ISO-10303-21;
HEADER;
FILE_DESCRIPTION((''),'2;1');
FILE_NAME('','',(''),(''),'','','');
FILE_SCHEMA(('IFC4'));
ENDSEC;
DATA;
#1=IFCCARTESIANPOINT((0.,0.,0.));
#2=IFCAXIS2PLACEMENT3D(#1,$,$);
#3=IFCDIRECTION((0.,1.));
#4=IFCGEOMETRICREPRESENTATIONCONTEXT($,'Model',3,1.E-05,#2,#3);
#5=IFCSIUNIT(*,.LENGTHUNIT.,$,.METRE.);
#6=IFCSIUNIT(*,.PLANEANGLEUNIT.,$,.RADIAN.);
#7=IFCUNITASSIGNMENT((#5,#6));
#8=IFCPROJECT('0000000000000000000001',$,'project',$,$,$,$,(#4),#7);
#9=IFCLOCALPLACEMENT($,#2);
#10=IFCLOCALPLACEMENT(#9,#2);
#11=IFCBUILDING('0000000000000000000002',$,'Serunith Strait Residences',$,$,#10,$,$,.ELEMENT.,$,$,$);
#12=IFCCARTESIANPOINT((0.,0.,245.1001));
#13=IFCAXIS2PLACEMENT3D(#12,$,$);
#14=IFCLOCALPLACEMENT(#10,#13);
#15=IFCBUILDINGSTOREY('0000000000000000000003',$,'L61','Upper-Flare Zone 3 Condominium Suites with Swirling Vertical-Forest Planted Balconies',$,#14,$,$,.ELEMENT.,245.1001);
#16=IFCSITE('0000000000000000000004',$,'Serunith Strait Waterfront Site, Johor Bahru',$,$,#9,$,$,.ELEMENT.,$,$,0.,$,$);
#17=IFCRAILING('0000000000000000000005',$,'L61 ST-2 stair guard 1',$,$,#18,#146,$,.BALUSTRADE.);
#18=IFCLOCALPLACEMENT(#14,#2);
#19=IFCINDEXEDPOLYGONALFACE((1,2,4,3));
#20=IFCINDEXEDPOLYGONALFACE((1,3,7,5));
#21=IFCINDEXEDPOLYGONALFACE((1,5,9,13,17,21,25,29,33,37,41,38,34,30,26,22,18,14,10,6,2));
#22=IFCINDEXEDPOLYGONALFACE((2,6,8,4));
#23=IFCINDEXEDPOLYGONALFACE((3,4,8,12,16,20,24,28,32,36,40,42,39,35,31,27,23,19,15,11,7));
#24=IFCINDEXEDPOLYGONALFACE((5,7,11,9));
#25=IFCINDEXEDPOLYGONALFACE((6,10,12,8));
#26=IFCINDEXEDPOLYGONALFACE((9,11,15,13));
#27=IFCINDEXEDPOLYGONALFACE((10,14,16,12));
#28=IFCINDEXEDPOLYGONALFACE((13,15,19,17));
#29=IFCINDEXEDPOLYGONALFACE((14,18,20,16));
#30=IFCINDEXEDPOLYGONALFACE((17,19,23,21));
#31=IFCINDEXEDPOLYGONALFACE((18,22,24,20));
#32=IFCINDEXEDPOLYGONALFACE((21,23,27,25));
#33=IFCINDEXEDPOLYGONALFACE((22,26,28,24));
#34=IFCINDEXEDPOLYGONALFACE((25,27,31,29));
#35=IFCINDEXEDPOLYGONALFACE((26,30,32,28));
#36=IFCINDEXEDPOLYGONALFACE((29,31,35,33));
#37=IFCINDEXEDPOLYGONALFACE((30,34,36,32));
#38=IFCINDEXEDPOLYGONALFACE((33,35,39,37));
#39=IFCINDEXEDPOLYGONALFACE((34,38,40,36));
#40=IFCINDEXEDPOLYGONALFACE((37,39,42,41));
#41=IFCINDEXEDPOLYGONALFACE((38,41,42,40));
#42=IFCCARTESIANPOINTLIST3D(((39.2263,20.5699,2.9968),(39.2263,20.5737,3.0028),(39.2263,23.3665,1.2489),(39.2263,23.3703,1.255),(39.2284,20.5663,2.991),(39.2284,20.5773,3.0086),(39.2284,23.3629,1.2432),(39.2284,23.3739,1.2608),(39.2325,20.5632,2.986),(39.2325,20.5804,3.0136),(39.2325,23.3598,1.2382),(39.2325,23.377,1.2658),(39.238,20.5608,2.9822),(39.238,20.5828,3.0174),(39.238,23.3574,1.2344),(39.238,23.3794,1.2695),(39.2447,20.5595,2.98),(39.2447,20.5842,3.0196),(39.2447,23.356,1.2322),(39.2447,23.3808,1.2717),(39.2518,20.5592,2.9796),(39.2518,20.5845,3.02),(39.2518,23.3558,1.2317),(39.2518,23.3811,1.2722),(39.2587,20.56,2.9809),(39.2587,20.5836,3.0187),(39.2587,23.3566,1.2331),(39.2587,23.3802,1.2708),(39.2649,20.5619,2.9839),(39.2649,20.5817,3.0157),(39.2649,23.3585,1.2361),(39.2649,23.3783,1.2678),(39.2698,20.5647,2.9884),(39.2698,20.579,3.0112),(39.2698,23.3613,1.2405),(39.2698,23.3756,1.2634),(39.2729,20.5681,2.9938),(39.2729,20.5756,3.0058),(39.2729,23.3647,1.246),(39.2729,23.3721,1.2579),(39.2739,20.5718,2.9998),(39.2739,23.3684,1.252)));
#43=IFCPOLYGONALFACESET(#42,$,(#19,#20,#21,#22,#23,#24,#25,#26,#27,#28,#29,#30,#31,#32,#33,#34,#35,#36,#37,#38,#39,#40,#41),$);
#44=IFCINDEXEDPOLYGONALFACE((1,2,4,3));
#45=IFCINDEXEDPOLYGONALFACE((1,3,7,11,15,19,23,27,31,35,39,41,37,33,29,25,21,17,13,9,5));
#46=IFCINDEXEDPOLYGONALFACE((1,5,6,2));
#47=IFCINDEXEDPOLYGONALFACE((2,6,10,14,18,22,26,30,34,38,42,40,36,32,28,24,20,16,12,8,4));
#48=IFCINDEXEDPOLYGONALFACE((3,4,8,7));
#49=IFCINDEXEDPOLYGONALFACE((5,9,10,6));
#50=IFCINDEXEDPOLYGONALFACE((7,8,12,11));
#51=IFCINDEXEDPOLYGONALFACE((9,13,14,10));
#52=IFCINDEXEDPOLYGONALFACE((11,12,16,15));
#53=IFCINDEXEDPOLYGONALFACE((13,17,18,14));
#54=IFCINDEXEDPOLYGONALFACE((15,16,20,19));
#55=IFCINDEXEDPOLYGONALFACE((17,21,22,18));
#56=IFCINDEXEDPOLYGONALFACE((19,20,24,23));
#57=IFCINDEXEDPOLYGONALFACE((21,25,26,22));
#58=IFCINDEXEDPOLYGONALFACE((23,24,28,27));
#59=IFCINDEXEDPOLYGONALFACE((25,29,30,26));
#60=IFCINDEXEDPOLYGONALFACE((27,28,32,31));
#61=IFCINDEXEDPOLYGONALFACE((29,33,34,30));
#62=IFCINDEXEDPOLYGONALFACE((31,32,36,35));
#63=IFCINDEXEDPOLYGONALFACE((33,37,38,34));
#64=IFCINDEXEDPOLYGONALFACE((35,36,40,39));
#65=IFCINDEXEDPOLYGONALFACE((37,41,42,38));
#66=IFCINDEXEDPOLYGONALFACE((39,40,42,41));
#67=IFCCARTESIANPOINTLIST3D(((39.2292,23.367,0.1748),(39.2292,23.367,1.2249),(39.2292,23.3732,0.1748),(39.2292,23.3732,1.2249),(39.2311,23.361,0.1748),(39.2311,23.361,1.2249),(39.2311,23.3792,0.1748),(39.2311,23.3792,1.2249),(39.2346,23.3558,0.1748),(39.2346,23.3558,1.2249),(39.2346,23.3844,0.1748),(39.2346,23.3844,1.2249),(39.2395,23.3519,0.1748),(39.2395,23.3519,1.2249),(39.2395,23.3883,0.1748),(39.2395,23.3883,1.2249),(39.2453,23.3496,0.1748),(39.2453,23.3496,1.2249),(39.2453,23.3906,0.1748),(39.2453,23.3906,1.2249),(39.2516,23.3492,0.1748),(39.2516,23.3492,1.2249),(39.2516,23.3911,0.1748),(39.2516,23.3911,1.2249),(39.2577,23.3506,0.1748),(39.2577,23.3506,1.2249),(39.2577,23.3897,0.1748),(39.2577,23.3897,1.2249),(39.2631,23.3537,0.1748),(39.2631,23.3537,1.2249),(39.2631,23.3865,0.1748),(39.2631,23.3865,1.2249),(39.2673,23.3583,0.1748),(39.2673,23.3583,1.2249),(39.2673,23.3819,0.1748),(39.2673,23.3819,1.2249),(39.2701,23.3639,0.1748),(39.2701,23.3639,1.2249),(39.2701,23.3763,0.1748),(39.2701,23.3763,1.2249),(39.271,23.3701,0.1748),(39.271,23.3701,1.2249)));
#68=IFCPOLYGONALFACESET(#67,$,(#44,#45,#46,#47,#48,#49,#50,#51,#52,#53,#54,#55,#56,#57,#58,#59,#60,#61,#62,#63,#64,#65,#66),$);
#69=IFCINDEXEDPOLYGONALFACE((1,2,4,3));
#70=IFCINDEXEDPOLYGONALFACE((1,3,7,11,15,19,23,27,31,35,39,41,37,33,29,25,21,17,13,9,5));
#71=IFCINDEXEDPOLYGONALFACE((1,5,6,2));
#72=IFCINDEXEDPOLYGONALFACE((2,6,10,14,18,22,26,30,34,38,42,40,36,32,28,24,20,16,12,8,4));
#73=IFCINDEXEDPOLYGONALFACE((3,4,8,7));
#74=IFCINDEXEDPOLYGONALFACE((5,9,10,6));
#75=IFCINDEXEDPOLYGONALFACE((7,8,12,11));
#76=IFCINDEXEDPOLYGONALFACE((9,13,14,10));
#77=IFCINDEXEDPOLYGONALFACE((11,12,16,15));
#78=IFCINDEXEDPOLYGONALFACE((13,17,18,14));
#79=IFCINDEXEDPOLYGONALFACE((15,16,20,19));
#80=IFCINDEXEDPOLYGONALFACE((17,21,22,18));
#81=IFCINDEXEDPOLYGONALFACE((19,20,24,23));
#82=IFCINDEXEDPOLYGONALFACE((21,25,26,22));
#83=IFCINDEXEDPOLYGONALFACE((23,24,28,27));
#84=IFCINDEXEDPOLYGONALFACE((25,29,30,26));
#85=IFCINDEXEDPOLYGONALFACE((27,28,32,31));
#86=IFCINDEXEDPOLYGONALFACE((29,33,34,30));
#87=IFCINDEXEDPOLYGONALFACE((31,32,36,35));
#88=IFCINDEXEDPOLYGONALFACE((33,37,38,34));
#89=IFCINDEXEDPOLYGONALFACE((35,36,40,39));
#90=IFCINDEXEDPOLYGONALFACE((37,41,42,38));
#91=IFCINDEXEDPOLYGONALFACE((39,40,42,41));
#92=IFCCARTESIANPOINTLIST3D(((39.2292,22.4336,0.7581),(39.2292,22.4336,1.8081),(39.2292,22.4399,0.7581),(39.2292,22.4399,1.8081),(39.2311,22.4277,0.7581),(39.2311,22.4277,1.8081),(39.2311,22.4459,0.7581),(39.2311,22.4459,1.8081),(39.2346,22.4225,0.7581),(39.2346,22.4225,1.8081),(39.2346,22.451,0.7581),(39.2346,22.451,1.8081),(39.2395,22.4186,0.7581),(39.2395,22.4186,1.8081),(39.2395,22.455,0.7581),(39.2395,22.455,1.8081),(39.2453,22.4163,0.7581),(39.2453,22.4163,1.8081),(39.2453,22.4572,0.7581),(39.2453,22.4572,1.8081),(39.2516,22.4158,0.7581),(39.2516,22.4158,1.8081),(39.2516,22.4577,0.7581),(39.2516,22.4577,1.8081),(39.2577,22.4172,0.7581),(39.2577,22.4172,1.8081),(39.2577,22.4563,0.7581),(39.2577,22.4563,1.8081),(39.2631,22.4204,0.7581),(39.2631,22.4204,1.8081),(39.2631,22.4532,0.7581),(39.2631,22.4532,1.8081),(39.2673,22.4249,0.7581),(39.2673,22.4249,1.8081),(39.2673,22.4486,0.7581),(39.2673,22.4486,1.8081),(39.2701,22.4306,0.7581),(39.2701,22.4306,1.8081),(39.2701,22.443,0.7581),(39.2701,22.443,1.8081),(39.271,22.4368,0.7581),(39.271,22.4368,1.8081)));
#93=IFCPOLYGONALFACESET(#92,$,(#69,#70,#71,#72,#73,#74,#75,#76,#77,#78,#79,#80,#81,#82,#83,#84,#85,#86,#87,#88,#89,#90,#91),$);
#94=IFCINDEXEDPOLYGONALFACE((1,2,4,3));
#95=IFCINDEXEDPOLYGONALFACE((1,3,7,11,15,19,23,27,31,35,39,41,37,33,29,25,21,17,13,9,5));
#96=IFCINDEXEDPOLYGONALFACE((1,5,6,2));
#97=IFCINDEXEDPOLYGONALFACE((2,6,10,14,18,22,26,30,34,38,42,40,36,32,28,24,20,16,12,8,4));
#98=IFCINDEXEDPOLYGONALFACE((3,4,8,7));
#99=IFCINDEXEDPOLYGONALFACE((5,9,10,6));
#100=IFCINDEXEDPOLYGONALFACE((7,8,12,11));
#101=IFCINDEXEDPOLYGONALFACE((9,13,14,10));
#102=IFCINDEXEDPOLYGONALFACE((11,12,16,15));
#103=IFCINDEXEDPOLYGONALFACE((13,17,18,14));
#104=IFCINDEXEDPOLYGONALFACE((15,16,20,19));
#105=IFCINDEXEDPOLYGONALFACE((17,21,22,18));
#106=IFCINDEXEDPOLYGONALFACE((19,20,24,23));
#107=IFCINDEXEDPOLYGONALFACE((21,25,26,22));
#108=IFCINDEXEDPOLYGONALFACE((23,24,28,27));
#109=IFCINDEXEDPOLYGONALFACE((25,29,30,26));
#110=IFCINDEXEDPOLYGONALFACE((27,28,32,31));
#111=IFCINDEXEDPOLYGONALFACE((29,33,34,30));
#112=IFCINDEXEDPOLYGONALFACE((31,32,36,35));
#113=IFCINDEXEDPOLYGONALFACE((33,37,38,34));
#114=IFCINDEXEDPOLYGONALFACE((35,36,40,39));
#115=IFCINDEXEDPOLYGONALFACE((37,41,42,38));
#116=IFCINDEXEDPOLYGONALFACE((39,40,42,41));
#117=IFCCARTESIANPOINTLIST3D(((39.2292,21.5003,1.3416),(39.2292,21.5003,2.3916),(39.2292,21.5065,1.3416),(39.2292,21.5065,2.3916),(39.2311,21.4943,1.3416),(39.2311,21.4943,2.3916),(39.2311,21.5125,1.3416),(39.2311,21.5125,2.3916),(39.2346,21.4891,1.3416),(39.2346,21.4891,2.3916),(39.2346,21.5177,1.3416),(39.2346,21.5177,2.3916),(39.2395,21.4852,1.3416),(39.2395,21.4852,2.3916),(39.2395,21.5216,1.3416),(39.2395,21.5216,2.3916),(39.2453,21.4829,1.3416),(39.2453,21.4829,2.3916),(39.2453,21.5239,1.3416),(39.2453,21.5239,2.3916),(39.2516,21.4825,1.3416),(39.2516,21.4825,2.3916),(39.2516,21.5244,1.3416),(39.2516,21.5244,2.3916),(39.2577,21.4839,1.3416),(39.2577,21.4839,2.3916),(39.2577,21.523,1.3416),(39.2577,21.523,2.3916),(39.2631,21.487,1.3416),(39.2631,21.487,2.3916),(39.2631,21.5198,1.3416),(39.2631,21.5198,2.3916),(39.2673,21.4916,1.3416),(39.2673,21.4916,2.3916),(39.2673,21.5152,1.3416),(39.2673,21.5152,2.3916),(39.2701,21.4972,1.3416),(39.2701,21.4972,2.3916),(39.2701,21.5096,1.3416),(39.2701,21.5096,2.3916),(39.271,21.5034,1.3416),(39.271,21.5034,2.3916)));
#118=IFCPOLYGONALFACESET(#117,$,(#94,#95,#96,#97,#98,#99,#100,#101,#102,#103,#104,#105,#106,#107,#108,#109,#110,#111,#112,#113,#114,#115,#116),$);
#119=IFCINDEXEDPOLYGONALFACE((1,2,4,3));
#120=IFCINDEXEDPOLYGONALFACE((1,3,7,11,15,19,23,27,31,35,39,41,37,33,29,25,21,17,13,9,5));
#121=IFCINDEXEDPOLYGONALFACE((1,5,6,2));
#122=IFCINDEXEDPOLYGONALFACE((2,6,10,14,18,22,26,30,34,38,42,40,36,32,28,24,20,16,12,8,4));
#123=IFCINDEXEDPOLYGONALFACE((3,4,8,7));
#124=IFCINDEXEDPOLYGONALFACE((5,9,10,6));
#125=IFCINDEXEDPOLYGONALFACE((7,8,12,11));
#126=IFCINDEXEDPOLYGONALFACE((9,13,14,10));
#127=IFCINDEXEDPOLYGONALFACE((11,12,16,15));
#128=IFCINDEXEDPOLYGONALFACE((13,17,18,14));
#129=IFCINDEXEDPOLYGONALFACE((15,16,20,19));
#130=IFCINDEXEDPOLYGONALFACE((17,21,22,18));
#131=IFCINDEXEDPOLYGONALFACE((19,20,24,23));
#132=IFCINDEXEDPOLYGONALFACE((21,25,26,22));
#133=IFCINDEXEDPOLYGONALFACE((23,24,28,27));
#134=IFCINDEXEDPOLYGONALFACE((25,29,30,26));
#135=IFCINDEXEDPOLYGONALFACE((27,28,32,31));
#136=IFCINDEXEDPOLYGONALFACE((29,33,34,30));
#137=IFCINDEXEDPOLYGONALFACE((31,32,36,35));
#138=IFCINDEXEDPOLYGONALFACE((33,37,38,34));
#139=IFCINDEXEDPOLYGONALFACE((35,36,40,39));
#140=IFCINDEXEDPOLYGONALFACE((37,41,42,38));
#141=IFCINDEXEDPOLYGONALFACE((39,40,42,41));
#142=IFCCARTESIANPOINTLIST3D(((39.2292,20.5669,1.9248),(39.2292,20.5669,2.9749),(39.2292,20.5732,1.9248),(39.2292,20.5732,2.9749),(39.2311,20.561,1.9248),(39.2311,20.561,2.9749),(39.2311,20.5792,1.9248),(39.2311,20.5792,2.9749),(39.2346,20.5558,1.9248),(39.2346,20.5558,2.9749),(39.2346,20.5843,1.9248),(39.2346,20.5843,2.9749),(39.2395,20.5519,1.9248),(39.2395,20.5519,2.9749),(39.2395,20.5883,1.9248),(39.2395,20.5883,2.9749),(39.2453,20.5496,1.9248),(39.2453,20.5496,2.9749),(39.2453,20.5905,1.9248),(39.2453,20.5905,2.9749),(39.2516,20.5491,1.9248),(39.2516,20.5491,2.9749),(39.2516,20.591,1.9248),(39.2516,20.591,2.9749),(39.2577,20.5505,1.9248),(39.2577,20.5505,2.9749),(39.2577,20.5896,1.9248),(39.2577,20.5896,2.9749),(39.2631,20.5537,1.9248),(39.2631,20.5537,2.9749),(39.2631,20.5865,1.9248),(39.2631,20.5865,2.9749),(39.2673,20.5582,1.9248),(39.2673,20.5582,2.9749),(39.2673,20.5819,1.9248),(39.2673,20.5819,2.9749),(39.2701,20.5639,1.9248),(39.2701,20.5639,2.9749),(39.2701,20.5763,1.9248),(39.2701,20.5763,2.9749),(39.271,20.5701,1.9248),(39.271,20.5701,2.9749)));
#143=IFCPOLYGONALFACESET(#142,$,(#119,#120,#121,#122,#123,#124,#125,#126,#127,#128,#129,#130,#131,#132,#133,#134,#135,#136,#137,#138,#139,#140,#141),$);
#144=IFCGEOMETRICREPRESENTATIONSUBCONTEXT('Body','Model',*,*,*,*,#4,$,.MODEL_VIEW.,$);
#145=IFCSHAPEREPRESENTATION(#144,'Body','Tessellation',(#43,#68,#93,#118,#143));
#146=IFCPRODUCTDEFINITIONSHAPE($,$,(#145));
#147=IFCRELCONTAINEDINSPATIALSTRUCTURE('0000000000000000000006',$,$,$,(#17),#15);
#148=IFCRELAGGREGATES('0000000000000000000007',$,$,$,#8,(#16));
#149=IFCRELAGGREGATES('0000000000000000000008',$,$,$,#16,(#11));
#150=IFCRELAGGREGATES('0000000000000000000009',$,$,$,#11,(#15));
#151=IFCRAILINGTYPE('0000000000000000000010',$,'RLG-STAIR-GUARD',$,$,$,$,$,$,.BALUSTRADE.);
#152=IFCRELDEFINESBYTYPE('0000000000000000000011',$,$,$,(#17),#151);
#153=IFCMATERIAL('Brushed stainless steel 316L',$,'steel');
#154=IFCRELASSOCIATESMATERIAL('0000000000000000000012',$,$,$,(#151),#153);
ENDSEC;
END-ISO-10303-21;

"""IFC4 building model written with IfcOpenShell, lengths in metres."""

from ifc_helpers import new_model, si_unit, direction, frame, origin, origin_2d, place, context, subcontext, project, spatial, circle, extrude, material, type_object, element, save


model = new_model("IFC4")

# Units and contexts
model_context = context("Model", 3, precision=1e-05, world=origin(), true_north=direction((0.0, 1.0)))
body_context = subcontext(model_context, "Body", "Model", "MODEL_VIEW")
ifc_project = project(units=[si_unit("LENGTHUNIT", "METRE"), si_unit("PLANEANGLEUNIT", "RADIAN")], contexts=[model_context])

# Site, building, storey
site_placement = place(None, origin())
site = spatial("IfcSite", under=ifc_project, at=site_placement, Name="Serunith Strait Waterfront Site, Johor Bahru", CompositionType="ELEMENT", RefElevation=0.0)
building_placement = place(site_placement, origin())
building = spatial("IfcBuilding", under=site, at=building_placement, Name="Serunith Strait Residences", CompositionType="ELEMENT")
storey_placement = place(building_placement, frame((0.0, 0.0, 245.1001)))
storey = spatial("IfcBuildingStorey", under=building, at=storey_placement, Name="L61", Description="Upper-Flare Zone 3 Condominium Suites with Swirling Vertical-Forest Planted Balconies", CompositionType="ELEMENT", Elevation=245.1001)

# Railing
ifc_material_1 = material(Name="Brushed stainless steel 316L", Category="steel")
railing_type_1 = type_object("IfcRailingType", Name="RLG-STAIR-GUARD", PredefinedType="BALUSTRADE", material=ifc_material_1)
railing_1_placement = place(storey_placement, frame((39.25, 23.3701, 0.1748)))
element("IfcRailing", 1, at=railing_1_placement, inside=storey, type_object=railing_type_1, Name="L61 ST-2 stair guard 1", PredefinedType="BALUSTRADE", context=body_context, shape_type="SweptSolid", body=[
    extrude(circle(Radius=0.0239, at=origin_2d()), frame((0.0, -0.0017, 1.0771), z_axis=(0.0, -0.848002, 0.529992), x_axis=(1.0, 0.0, 0.0)), (0.0, 0.0, 1.0), 3.2979),
    extrude(circle(Radius=0.021, at=origin_2d()), origin(), (0.0, 0.0, 1.0), 1.05),
    extrude(circle(Radius=0.021, at=origin_2d()), frame((0.0, -0.9333, 0.5833)), (0.0, 0.0, 1.0), 1.05),
    extrude(circle(Radius=0.021, at=origin_2d()), frame((0.0, -1.8667, 1.1667)), (0.0, 0.0, 1.0), 1.05),
    extrude(circle(Radius=0.021, at=origin_2d()), frame((0.0, -2.8, 1.75)), (0.0, 0.0, 1.0), 1.05),
])

save(model, "model.ifc")
